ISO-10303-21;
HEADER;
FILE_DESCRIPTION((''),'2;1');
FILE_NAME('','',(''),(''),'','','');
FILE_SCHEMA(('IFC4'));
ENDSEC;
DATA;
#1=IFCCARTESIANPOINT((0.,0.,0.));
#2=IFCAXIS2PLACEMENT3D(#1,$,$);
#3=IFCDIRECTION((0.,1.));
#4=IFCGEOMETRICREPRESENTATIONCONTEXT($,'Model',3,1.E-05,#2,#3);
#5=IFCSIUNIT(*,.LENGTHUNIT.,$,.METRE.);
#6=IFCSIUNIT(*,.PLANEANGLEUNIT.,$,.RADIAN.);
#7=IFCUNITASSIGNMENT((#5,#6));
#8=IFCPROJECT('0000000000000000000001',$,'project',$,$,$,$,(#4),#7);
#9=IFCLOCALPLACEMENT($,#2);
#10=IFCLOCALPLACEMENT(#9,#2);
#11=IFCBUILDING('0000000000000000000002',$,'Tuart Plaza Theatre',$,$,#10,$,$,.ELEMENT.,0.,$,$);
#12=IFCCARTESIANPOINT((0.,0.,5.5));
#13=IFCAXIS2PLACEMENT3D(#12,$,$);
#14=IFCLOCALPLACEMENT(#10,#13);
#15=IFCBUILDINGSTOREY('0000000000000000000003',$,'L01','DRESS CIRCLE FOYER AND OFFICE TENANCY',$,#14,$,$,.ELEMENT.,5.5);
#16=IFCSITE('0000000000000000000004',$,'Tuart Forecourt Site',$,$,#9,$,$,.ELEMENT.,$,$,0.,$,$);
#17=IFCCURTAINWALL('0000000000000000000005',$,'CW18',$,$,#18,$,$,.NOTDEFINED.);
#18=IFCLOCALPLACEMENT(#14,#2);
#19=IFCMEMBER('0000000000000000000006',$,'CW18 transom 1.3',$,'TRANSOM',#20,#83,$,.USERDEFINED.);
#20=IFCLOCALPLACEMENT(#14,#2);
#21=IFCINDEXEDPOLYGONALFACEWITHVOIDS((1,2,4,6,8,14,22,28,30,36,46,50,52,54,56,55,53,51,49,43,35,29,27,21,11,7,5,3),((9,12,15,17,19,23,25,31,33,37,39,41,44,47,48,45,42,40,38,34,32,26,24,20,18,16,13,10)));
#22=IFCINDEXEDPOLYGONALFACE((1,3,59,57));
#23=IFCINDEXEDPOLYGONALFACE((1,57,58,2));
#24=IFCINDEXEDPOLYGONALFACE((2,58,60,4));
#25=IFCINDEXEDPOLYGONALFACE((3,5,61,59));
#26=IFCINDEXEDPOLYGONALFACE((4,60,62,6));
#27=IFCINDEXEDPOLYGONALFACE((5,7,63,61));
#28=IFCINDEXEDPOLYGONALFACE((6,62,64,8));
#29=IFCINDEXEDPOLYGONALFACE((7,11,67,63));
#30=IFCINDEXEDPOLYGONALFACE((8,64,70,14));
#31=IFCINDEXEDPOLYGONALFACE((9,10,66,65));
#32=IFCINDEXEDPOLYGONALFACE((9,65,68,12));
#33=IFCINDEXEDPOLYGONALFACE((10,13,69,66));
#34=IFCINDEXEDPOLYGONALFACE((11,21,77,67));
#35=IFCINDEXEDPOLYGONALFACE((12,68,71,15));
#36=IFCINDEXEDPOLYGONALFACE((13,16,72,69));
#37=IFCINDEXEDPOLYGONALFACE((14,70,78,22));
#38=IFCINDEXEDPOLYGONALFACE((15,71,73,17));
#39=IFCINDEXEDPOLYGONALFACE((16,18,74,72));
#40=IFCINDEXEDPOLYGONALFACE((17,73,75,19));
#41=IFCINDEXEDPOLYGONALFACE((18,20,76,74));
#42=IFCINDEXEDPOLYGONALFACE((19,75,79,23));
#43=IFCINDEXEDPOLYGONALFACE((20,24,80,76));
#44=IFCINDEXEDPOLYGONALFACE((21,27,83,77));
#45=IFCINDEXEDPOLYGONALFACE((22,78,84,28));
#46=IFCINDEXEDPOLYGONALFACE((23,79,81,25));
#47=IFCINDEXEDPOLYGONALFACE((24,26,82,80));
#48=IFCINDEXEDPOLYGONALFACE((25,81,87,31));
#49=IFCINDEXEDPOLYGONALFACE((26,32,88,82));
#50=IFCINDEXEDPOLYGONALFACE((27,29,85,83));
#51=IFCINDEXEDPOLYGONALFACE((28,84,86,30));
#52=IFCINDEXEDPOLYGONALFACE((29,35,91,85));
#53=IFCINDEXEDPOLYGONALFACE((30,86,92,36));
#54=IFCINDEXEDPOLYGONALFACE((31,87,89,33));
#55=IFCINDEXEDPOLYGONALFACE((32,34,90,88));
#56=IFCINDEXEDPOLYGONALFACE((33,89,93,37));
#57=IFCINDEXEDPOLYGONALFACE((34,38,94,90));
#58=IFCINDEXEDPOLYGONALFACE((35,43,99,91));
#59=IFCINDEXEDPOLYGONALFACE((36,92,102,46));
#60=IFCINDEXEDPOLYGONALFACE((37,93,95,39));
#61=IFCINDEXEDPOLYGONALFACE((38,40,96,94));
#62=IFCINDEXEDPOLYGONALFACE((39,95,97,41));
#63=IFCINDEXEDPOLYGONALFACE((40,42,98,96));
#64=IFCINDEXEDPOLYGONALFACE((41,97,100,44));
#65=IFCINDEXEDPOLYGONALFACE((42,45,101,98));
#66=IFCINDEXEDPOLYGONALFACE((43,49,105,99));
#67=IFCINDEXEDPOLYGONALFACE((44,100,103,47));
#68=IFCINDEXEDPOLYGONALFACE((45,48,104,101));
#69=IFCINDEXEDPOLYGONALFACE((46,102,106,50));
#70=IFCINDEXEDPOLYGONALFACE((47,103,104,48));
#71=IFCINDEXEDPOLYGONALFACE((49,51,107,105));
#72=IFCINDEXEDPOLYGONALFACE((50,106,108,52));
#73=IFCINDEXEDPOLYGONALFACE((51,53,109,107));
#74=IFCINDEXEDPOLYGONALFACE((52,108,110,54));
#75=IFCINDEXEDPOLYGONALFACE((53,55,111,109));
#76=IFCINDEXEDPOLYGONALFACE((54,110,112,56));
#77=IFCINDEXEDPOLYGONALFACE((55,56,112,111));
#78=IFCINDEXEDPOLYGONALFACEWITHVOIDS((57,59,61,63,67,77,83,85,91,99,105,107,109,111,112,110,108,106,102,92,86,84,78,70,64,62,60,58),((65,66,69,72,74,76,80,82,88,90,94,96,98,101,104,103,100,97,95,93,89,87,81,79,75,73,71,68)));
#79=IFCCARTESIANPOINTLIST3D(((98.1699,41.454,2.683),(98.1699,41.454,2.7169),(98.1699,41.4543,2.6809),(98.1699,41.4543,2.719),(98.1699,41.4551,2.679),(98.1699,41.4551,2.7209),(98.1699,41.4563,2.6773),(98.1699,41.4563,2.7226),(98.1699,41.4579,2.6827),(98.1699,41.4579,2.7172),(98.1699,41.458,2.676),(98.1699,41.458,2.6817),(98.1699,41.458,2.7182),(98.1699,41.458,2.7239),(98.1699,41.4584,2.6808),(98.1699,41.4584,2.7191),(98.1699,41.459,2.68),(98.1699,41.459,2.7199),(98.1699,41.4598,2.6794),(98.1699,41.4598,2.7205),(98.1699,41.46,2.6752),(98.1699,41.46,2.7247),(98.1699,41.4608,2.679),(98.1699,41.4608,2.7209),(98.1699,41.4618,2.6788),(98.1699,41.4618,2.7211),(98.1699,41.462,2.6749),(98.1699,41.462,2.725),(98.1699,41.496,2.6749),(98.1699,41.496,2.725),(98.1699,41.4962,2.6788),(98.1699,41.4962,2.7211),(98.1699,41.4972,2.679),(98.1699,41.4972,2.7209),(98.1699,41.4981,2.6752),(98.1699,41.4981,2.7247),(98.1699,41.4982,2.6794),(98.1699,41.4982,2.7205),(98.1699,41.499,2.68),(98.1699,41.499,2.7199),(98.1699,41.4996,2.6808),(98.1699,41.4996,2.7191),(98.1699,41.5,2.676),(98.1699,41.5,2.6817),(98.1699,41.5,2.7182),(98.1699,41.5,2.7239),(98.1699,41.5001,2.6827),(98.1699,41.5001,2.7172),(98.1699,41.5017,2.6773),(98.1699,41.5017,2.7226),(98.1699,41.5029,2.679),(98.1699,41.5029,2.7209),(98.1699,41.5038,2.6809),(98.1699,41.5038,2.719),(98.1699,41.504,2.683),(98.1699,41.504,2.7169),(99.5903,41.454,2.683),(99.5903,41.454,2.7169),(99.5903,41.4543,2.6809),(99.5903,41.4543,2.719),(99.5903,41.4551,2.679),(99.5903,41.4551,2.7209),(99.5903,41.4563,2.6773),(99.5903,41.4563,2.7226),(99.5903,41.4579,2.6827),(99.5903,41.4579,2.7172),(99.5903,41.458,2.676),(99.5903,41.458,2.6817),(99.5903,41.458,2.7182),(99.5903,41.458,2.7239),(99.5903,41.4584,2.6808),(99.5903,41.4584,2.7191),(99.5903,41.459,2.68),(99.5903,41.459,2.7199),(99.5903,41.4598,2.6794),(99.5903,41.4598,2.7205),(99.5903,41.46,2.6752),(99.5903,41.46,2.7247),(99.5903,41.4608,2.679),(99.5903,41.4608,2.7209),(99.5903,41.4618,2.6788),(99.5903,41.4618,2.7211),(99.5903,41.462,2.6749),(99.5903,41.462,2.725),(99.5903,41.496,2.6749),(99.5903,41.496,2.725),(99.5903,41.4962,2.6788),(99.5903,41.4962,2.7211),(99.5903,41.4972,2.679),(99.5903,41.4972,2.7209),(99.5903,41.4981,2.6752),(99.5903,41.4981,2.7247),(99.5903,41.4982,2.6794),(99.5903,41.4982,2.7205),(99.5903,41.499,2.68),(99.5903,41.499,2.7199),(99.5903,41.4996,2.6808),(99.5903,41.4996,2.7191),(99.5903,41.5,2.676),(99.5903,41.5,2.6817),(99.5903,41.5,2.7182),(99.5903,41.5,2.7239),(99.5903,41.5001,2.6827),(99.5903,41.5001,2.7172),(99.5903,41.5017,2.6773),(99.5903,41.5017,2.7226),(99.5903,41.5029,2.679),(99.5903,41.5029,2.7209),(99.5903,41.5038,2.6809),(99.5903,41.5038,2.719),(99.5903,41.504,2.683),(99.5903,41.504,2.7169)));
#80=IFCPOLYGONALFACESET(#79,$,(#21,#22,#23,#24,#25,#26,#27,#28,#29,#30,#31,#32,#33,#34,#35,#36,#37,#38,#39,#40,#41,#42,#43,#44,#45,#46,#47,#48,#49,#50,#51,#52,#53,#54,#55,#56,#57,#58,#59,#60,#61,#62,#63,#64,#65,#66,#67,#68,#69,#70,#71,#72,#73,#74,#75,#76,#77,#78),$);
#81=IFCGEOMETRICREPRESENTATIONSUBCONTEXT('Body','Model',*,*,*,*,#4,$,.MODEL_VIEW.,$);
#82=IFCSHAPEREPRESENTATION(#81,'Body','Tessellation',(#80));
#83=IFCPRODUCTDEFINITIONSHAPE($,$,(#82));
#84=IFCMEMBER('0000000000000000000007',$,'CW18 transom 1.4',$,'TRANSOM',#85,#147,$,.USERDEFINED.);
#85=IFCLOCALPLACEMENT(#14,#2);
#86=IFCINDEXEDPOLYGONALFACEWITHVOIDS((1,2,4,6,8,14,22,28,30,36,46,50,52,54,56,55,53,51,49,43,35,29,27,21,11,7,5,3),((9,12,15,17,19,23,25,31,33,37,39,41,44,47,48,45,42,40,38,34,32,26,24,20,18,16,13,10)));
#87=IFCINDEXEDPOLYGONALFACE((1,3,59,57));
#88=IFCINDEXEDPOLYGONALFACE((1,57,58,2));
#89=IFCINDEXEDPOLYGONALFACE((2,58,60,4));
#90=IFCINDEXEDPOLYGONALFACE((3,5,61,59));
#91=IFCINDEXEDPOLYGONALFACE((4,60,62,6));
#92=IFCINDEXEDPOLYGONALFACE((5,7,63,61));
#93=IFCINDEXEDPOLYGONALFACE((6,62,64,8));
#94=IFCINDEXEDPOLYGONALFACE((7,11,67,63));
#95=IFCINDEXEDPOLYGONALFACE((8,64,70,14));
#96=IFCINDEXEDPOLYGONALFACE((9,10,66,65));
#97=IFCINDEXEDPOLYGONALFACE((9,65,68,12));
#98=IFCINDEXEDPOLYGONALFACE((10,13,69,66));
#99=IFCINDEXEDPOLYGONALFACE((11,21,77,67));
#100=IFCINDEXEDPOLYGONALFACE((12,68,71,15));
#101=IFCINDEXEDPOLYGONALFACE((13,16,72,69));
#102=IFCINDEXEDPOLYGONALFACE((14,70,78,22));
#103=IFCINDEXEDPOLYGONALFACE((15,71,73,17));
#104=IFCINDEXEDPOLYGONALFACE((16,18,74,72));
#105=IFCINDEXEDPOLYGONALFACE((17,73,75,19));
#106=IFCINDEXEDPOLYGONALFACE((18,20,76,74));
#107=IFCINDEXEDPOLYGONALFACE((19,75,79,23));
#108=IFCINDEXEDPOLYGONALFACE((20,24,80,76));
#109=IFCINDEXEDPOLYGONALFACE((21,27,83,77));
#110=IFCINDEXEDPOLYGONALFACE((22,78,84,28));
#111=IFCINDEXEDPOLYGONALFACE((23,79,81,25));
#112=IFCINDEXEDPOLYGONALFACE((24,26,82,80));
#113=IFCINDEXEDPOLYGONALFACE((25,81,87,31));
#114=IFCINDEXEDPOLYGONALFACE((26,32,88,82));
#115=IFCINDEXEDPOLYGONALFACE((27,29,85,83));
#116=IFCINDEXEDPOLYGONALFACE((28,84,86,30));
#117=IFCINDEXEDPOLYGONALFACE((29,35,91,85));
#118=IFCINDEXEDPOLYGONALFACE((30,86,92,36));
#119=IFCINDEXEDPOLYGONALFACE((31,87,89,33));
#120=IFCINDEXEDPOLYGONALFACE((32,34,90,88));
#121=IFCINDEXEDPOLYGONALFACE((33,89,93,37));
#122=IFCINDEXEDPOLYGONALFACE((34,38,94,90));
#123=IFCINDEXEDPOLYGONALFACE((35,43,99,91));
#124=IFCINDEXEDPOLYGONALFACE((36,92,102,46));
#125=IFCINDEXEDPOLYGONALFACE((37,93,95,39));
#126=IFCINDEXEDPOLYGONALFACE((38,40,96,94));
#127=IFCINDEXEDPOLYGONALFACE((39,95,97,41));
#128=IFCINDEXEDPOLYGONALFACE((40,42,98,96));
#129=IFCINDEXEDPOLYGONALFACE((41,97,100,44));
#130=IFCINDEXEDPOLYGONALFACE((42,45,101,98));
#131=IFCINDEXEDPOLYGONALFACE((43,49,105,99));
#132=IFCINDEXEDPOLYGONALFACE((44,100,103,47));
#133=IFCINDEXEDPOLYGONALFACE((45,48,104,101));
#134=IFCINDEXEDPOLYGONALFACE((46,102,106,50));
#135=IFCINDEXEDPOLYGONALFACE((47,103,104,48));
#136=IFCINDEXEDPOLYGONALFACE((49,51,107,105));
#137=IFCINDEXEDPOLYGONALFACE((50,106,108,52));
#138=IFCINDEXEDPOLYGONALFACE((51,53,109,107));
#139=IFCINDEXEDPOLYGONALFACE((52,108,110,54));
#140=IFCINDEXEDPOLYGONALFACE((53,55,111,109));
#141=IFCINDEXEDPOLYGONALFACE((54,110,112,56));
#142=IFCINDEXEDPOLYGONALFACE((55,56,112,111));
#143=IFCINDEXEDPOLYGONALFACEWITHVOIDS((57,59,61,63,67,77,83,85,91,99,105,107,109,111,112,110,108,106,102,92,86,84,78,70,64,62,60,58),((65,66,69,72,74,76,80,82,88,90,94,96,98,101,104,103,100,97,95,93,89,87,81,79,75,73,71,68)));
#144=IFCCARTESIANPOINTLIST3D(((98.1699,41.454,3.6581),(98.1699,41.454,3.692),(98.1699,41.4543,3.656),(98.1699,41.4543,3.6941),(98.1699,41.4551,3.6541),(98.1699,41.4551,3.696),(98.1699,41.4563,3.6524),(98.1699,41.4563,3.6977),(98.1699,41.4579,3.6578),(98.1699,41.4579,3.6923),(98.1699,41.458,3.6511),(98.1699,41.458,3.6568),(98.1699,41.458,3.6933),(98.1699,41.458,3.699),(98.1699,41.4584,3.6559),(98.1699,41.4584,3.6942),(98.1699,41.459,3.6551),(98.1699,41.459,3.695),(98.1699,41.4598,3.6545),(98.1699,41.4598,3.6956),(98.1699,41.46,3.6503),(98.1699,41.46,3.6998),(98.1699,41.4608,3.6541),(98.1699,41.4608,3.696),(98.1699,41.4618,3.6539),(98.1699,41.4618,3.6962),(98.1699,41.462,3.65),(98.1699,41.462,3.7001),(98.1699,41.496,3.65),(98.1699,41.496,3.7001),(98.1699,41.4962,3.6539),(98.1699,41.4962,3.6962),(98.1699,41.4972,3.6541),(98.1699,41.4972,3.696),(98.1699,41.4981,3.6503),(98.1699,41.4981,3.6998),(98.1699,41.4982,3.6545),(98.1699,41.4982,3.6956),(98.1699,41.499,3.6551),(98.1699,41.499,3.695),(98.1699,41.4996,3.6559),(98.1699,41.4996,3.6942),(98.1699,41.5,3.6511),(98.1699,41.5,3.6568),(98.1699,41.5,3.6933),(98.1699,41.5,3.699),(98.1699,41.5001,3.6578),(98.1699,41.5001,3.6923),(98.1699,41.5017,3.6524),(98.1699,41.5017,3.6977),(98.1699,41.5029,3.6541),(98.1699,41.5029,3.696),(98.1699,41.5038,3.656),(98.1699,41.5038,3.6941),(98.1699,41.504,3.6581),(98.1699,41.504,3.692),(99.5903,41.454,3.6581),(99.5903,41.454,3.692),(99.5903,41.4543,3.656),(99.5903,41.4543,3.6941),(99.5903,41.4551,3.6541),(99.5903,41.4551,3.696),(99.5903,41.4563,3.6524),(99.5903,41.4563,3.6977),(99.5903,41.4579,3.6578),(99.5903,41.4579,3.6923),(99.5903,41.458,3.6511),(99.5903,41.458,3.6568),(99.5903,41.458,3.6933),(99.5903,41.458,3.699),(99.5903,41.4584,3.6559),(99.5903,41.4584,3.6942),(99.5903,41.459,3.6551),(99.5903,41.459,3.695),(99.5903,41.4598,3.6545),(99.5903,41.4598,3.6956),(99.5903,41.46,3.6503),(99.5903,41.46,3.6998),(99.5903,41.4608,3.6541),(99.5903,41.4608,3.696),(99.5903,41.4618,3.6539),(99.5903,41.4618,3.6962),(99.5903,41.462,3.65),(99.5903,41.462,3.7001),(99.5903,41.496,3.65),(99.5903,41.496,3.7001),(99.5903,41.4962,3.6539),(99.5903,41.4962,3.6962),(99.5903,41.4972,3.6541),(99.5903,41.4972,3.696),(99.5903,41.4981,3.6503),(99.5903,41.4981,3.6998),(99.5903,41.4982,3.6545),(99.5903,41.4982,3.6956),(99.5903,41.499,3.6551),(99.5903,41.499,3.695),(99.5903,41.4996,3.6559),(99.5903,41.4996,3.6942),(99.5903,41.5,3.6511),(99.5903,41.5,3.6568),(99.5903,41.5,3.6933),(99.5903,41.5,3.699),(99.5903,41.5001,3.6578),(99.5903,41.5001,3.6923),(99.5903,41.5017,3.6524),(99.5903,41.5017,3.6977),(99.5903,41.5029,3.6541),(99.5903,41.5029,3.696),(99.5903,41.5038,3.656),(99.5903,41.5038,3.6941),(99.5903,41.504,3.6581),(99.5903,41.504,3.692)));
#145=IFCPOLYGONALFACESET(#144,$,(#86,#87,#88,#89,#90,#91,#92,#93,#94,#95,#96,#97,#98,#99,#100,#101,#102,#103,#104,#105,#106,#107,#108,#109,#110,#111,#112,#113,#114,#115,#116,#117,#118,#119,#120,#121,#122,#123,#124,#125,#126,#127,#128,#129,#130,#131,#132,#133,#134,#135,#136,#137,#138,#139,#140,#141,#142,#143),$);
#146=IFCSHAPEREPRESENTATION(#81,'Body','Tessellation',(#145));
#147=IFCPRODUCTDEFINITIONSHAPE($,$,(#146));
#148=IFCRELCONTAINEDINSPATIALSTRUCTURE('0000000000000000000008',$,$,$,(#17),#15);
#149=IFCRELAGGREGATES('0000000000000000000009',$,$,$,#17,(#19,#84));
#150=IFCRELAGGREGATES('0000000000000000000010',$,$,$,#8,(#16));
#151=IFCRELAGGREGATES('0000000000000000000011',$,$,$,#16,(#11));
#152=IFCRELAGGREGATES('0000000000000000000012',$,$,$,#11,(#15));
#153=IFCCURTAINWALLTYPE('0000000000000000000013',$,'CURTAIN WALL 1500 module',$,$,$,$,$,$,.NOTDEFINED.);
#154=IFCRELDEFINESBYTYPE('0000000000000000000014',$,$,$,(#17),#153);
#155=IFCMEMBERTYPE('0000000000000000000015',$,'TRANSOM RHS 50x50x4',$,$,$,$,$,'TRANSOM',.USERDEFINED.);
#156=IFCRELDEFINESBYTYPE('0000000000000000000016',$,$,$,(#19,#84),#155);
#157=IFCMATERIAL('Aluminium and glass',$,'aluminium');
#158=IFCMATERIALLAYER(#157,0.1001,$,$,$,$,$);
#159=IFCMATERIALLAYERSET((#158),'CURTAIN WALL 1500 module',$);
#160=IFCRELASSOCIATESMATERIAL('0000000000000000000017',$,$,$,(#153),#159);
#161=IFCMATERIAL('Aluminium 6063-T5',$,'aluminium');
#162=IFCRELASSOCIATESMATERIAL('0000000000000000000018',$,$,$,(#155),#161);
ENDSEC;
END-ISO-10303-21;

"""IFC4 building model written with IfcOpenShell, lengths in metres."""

from ifc_helpers import new_model, si_unit, direction, frame, origin, origin_2d, place, context, subcontext, project, spatial, hollow_rectangle, extrude, material, layer, layer_set, material_profile, profile_set, type_object, element, aggregate, save


model = new_model("IFC4")

# Units and contexts
model_context = context("Model", 3, precision=1e-05, world=origin(), true_north=direction((0.0, 1.0)))
body_context = subcontext(model_context, "Body", "Model", "MODEL_VIEW")
ifc_project = project(units=[si_unit("LENGTHUNIT", "METRE"), si_unit("PLANEANGLEUNIT", "RADIAN")], contexts=[model_context])

# Site, building, storey
site_placement = place(None, origin())
site = spatial("IfcSite", under=ifc_project, at=site_placement, Name="Tuart Forecourt Site", CompositionType="ELEMENT", RefElevation=0.0)
building_placement = place(site_placement, origin())
building = spatial("IfcBuilding", under=site, at=building_placement, Name="Tuart Plaza Theatre", CompositionType="ELEMENT", ElevationOfRefHeight=0.0)
storey_placement = place(building_placement, frame((0.0, 0.0, 5.5)))
storey = spatial("IfcBuildingStorey", under=building, at=storey_placement, Name="L01", Description="DRESS CIRCLE FOYER AND OFFICE TENANCY", CompositionType="ELEMENT", Elevation=5.5)

# Shared definitions
ifc_material_1 = material(Name="Aluminium and glass", Category="aluminium")
ifc_layer_1 = layer(ifc_material_1, 0.1001)
ifc_layer_set_1 = layer_set([ifc_layer_1], Name="CURTAIN WALL 1500 module")
curtain_wall_type = type_object("IfcCurtainWallType", Name="CURTAIN WALL 1500 module", PredefinedType="NOTDEFINED", material=ifc_layer_set_1)

# Curtain wall, members
curtain_wall_1_placement = place(storey_placement, origin())
curtain_wall_1 = element("IfcCurtainWall", 1, at=curtain_wall_1_placement, inside=storey, type_object=curtain_wall_type, Name="CW18", PredefinedType="NOTDEFINED")
ifc_material_2 = material(Name="Aluminium 6063-T5", Category="aluminium")
ifc_material_profile_1 = material_profile(ifc_material_2, hollow_rectangle(XDim=0.05, YDim=0.05, WallThickness=0.0039, InnerFilletRadius=0.0039, OuterFilletRadius=0.0081, at=origin_2d()), Name="RHS 50x50x4")
ifc_profile_set_1 = profile_set([ifc_material_profile_1], Name="Aluminium 6063-T5")
member_type_1 = type_object("IfcMemberType", Name="TRANSOM RHS 50x50x4", ElementType="TRANSOM", PredefinedType="USERDEFINED", material=ifc_profile_set_1)
member_1_placement = place(storey_placement, frame((98.1699, 41.479, 2.7), z_axis=(1.0, 0.0, 0.0), x_axis=(0.0, 1.0, 0.0)))
member_1 = element("IfcMember", 2, at=member_1_placement, type_object=member_type_1, Name="CW18 transom 1.3", ObjectType="TRANSOM", PredefinedType="USERDEFINED", context=body_context, shape_type="SweptSolid", body=[
    extrude(hollow_rectangle(XDim=0.05, YDim=0.05, WallThickness=0.0039, InnerFilletRadius=0.0039, OuterFilletRadius=0.0081, at=origin_2d()), origin(), (0.0, 0.0, 1.0), 1.4204),
])
member_2_placement = place(storey_placement, frame((98.1699, 41.479, 3.675), z_axis=(1.0, 0.0, 0.0), x_axis=(0.0, 1.0, 0.0)))
member_2 = element("IfcMember", 3, at=member_2_placement, type_object=member_type_1, Name="CW18 transom 1.4", ObjectType="TRANSOM", PredefinedType="USERDEFINED", context=body_context, shape_type="SweptSolid", body=[
    extrude(hollow_rectangle(XDim=0.05, YDim=0.05, WallThickness=0.0039, InnerFilletRadius=0.0039, OuterFilletRadius=0.0081, at=origin_2d()), origin(), (0.0, 0.0, 1.0), 1.4204),
])

aggregate(curtain_wall_1, [member_1, member_2])

save(model, "model.ifc")
